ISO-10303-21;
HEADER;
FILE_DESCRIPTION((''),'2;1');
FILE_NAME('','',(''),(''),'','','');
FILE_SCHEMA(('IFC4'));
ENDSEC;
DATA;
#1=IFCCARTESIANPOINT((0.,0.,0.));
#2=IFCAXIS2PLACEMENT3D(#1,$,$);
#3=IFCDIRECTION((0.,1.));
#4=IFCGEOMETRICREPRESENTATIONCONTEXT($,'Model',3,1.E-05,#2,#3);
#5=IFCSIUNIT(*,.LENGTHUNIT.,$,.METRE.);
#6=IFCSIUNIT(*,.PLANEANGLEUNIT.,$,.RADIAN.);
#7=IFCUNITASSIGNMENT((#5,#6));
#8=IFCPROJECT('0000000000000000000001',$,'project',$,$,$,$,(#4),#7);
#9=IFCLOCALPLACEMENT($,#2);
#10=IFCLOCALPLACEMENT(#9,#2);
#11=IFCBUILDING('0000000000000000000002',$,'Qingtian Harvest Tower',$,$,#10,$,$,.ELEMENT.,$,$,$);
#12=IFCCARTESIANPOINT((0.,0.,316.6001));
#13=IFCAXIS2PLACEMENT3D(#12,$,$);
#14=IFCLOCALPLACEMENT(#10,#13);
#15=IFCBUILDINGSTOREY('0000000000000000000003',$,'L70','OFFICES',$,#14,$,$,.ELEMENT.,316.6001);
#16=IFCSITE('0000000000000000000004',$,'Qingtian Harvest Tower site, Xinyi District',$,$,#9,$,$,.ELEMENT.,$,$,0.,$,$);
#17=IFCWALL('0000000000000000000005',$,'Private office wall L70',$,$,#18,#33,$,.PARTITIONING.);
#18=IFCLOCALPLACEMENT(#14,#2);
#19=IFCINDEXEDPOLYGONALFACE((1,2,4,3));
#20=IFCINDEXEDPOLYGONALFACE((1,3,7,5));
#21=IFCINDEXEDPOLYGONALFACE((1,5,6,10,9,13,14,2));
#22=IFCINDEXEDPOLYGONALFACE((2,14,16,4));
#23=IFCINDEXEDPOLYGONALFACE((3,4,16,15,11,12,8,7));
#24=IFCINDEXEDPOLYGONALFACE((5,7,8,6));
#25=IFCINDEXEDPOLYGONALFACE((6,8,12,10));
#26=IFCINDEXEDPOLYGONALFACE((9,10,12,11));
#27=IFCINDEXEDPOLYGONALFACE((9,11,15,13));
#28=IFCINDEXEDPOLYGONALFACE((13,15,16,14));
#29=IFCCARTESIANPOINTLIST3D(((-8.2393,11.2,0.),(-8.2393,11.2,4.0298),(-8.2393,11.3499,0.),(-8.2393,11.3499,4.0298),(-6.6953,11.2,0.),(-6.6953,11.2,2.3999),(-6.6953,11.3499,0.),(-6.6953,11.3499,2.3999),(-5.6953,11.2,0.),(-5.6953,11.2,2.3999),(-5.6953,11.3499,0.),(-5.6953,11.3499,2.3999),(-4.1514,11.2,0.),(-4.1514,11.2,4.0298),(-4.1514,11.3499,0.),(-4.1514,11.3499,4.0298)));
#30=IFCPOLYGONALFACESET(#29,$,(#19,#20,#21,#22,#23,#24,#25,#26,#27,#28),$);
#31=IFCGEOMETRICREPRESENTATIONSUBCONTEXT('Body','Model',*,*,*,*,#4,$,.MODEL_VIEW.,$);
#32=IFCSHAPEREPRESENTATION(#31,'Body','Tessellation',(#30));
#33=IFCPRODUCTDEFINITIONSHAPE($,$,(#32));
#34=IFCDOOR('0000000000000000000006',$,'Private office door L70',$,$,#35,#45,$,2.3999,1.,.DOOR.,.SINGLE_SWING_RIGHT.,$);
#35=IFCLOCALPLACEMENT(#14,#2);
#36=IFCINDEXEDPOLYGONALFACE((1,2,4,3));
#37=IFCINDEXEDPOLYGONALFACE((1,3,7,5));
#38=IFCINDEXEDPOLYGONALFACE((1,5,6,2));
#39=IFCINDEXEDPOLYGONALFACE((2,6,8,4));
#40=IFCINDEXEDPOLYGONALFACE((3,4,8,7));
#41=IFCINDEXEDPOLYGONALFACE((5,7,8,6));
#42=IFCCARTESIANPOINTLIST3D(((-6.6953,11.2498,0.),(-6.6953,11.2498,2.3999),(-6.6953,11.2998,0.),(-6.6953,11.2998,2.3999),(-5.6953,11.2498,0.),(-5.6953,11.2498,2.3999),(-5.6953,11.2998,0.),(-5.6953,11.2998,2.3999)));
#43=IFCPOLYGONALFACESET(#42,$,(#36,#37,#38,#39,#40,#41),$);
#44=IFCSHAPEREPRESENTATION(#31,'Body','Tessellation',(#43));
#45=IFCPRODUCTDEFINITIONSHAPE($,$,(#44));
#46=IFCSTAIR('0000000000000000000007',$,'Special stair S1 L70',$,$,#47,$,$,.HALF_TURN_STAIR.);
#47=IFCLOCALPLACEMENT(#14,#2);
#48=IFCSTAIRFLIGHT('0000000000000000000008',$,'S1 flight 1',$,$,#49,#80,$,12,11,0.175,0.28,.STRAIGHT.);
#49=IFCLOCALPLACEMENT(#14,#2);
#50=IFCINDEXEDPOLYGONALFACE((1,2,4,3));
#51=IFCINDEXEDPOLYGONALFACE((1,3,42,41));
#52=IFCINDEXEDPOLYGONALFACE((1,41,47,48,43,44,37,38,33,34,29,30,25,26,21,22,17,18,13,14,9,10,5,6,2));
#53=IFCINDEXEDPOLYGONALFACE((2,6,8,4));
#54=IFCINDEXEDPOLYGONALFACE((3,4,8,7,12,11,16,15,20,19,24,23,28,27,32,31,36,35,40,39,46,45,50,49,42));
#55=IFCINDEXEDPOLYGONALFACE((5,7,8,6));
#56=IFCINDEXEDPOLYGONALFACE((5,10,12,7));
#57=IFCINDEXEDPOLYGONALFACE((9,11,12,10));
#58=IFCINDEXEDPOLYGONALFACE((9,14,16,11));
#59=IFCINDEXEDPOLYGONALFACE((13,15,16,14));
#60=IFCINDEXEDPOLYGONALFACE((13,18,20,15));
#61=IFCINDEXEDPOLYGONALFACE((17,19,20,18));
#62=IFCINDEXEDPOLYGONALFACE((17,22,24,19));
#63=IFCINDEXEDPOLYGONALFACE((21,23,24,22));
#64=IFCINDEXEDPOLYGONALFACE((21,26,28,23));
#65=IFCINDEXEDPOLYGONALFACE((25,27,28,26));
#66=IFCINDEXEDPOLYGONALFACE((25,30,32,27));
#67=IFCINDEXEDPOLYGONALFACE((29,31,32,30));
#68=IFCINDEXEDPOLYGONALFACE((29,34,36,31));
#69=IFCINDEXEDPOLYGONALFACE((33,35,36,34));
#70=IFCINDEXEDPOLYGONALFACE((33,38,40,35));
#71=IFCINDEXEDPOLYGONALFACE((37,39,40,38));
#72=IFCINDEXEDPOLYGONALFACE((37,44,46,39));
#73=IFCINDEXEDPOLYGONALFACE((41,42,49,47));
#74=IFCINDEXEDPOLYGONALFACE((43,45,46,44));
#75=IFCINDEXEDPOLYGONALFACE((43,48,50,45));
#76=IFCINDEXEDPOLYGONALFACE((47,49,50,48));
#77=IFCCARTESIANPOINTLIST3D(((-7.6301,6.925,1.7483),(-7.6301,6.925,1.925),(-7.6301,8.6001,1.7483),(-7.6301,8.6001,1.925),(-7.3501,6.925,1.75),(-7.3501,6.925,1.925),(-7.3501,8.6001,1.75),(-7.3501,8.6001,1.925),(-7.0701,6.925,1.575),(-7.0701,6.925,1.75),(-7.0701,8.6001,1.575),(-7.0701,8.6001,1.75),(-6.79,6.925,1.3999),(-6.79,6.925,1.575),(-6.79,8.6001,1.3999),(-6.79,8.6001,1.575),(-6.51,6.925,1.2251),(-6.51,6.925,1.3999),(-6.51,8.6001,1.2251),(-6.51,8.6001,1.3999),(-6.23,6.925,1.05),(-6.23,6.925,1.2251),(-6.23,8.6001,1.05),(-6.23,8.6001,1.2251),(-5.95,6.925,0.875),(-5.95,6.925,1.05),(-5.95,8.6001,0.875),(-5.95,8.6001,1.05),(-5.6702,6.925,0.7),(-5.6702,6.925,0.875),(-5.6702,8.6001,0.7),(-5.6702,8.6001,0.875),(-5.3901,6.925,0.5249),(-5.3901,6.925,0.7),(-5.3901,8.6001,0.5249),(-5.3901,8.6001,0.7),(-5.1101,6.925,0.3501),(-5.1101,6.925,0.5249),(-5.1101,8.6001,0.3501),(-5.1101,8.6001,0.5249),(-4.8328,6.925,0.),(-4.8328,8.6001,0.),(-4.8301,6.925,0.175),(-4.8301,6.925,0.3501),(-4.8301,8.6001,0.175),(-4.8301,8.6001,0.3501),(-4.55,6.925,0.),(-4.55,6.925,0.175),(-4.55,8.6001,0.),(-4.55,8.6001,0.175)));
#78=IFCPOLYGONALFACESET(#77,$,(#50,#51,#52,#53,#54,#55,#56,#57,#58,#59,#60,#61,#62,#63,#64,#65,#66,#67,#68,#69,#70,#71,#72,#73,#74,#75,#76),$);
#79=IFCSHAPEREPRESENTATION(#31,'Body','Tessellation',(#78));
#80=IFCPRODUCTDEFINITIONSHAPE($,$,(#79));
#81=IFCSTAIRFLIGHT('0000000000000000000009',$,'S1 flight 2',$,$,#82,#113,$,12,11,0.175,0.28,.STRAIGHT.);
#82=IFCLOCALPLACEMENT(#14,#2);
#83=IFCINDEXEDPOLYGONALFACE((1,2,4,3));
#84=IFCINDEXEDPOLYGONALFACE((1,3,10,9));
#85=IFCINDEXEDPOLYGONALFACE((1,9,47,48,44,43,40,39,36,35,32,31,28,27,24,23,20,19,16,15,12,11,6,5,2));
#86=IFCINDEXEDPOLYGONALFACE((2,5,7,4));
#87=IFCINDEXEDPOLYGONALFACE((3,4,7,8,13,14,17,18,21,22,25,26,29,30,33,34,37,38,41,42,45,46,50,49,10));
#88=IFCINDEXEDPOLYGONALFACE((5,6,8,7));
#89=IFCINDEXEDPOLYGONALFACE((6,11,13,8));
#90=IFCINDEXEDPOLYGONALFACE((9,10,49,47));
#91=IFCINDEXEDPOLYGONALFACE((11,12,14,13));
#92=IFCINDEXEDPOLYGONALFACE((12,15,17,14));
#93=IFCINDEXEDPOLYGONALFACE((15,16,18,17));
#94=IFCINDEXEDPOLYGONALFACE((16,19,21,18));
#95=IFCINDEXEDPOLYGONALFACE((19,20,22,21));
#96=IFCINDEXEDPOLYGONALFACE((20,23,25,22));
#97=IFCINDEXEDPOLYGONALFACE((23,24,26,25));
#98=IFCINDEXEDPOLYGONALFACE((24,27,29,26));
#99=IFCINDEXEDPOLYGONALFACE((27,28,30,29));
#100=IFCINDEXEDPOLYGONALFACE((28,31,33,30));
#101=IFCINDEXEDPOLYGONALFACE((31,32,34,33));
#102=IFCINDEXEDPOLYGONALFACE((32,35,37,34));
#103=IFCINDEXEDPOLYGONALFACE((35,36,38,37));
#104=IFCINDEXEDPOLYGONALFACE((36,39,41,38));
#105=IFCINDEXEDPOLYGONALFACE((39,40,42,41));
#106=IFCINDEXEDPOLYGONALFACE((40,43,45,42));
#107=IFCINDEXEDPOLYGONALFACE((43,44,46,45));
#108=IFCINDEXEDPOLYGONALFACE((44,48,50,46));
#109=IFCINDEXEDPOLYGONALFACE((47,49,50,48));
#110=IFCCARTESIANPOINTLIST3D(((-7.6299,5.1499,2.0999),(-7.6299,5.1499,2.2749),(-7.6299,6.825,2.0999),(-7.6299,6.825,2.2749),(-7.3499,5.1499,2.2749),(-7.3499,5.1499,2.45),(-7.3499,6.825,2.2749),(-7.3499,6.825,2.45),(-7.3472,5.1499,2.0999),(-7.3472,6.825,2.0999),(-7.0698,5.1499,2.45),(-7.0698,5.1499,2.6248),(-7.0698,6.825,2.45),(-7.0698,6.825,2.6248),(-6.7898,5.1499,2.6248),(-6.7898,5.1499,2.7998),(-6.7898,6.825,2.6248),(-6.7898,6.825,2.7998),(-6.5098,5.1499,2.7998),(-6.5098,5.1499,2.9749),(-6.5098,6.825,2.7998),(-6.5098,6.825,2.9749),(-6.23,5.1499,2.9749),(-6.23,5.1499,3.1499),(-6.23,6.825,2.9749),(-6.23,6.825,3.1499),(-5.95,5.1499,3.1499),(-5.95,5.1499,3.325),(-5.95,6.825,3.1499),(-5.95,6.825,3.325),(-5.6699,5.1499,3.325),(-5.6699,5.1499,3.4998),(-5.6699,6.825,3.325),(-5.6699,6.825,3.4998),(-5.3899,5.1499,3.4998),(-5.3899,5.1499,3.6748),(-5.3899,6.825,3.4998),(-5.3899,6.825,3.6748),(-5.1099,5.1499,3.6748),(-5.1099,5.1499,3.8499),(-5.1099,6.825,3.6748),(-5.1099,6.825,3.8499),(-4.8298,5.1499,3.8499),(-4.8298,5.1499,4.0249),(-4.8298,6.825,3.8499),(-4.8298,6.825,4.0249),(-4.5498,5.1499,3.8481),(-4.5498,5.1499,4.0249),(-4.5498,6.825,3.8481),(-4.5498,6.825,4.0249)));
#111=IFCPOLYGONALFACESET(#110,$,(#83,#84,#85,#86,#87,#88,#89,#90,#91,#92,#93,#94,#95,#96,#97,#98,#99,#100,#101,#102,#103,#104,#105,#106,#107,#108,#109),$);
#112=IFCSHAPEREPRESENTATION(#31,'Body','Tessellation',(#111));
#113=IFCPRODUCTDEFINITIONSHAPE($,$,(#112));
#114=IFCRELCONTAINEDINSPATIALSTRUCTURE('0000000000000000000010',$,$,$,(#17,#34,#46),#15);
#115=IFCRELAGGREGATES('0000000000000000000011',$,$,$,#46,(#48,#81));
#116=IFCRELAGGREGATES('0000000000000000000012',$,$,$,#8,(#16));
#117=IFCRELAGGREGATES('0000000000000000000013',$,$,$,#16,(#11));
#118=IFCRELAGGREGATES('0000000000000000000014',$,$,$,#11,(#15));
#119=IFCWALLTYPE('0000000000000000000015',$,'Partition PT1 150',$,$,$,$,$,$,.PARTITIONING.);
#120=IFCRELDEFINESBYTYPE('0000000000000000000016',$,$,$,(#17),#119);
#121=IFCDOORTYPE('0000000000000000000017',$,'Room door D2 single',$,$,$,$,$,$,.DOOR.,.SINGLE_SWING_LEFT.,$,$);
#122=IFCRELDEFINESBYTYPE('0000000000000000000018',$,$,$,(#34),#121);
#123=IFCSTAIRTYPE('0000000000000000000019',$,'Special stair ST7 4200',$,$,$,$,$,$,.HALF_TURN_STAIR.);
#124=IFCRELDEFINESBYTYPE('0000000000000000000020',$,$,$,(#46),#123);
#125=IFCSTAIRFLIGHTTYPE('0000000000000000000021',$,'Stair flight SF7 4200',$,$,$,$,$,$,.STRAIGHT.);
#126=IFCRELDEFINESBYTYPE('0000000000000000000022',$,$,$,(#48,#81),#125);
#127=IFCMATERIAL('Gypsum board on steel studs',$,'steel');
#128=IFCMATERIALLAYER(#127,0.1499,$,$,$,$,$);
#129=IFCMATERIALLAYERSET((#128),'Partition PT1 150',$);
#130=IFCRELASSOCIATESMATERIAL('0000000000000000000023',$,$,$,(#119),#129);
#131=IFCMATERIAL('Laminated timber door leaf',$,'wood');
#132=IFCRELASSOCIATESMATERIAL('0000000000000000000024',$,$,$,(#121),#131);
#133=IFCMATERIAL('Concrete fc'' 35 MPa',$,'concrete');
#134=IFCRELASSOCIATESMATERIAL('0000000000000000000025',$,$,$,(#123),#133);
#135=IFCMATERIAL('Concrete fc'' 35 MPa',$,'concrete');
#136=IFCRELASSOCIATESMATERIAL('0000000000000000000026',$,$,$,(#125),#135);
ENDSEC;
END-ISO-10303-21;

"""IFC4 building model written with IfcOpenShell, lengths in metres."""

from ifc_helpers import new_model, si_unit, direction, frame, frame_2d, origin, place, context, subcontext, project, spatial, polyline, rectangle, outline, extrude, material, layer, layer_set, type_object, element, fill, aggregate, save


model = new_model("IFC4")

# Units and contexts
model_context = context("Model", 3, precision=1e-05, world=origin(), true_north=direction((0.0, 1.0)))
body_context = subcontext(model_context, "Body", "Model", "MODEL_VIEW")
ifc_project = project(units=[si_unit("LENGTHUNIT", "METRE"), si_unit("PLANEANGLEUNIT", "RADIAN")], contexts=[model_context])

# Site, building, storey
site_placement = place(None, origin())
site = spatial("IfcSite", under=ifc_project, at=site_placement, Name="Qingtian Harvest Tower site, Xinyi District", CompositionType="ELEMENT", RefElevation=0.0)
building_placement = place(site_placement, origin())
building = spatial("IfcBuilding", under=site, at=building_placement, Name="Qingtian Harvest Tower", CompositionType="ELEMENT")
storey_placement = place(building_placement, frame((0.0, 0.0, 316.6001)))
storey = spatial("IfcBuildingStorey", under=building, at=storey_placement, Name="L70", Description="OFFICES", CompositionType="ELEMENT", Elevation=316.6001)

# Wall, opening, door
ifc_material_1 = material(Name="Gypsum board on steel studs", Category="steel")
ifc_layer_1 = layer(ifc_material_1, 0.1499)
ifc_layer_set_1 = layer_set([ifc_layer_1], Name="Partition PT1 150")
wall_type_1 = type_object("IfcWallType", Name="Partition PT1 150", PredefinedType="PARTITIONING", material=ifc_layer_set_1)
wall_1_placement = place(storey_placement, frame((-8.2393, 11.2749, 0.0), z_axis=(0.0, 0.0, 1.0), x_axis=(1.0, 0.0, 0.0)))
wall_1 = element("IfcWall", 1, at=wall_1_placement, inside=storey, type_object=wall_type_1, Name="Private office wall L70", PredefinedType="PARTITIONING", context=body_context, shape_type="SweptSolid", body=[
    extrude(rectangle(XDim=4.0879, YDim=0.1499, at=frame_2d((2.0439, 0.0))), origin(), (0.0, 0.0, 1.0), 4.0298),
])
opening_1_placement = place(wall_1_placement, frame((1.5439, 0.0, 0.0)))
opening_1 = element("IfcOpeningElement", 2, at=opening_1_placement, cuts=wall_1, PredefinedType="OPENING", context=body_context, shape_type="SweptSolid", body=[
    extrude(rectangle(XDim=1.0, YDim=2.3999, at=frame_2d((0.5, 1.2))), frame((0.0, 0.085, 0.0), z_axis=(0.0, -1.0, 0.0), x_axis=(1.0, 0.0, 0.0)), (0.0, 0.0, 1.0), 0.1699),
])
ifc_material_2 = material(Name="Laminated timber door leaf", Category="wood")
door_type_1 = type_object("IfcDoorType", Name="Room door D2 single", OperationType="SINGLE_SWING_LEFT", PredefinedType="DOOR", material=ifc_material_2)
door_1_placement = place(opening_1_placement, origin())
door_1 = element("IfcDoor", 3, at=door_1_placement, inside=storey, type_object=door_type_1, Name="Private office door L70", OperationType="SINGLE_SWING_RIGHT", OverallHeight=2.3999, OverallWidth=1.0, PredefinedType="DOOR", context=body_context, shape_type="SweptSolid", body=[
    extrude(rectangle(XDim=1.0, YDim=2.3999, at=frame_2d((0.5, 1.2))), frame((0.0, 0.0249, 0.0), z_axis=(0.0, -1.0, 0.0), x_axis=(1.0, 0.0, 0.0)), (0.0, 0.0, 1.0), 0.05),
])
fill(opening_1, door_1)

# Stair, stair flights
ifc_material_3 = material(Name="Concrete fc' 35 MPa", Category="concrete")
stair_type = type_object("IfcStairType", Name="Special stair ST7 4200", PredefinedType="HALF_TURN_STAIR", material=ifc_material_3)
stair_placement = place(storey_placement, origin())
stair = element("IfcStair", 4, at=stair_placement, inside=storey, type_object=stair_type, Name="Special stair S1 L70", PredefinedType="HALF_TURN_STAIR")
ifc_material_4 = material(Name="Concrete fc' 35 MPa", Category="concrete")
stair_flight_type = type_object("IfcStairFlightType", Name="Stair flight SF7 4200", PredefinedType="STRAIGHT", material=ifc_material_4)
stair_flight_1_placement = place(storey_placement, frame((-4.55, 7.7625, 0.0), z_axis=(0.0, 0.0, 1.0), x_axis=(-1.0, 0.0, 0.0)))
stair_flight_1 = element("IfcStairFlight", 5, at=stair_flight_1_placement, type_object=stair_flight_type, Name="S1 flight 1", NumberOfRisers=12, NumberOfTreads=11, PredefinedType="STRAIGHT", RiserHeight=0.175, TreadLength=0.28, context=body_context, shape_type="SweptSolid", body=[
    extrude(outline(polyline([(0.0, 0.0), (0.0, 0.175), (0.28, 0.175), (0.28, 0.3501), (0.5601, 0.3501), (0.5601, 0.5249), (0.8401, 0.5249), (0.8401, 0.7), (1.1201, 0.7), (1.1201, 0.875), (1.3999, 0.875), (1.3999, 1.05), (1.6799, 1.05), (1.6799, 1.2251), (1.96, 1.2251), (1.96, 1.3999), (2.24, 1.3999), (2.24, 1.575), (2.52, 1.575), (2.52, 1.75), (2.8, 1.75), (2.8, 1.925), (3.0801, 1.925), (3.0801, 2.1001), (3.0801, 1.7483), (0.2827, 0.0), (0.0, 0.0)])), frame((0.0, 0.8374, 0.0), z_axis=(0.0, -1.0, 0.0), x_axis=(1.0, 0.0, 0.0)), (0.0, 0.0, 1.0), 1.675),
])
stair_flight_2_placement = place(storey_placement, frame((-7.6299, 5.9875, 2.0999), z_axis=(0.0, 0.0, 1.0), x_axis=(1.0, 0.0, 0.0)))
stair_flight_2 = element("IfcStairFlight", 6, at=stair_flight_2_placement, type_object=stair_flight_type, Name="S1 flight 2", NumberOfRisers=12, NumberOfTreads=11, PredefinedType="STRAIGHT", RiserHeight=0.175, TreadLength=0.28, context=body_context, shape_type="SweptSolid", body=[
    extrude(outline(polyline([(0.0, 0.0), (0.0, 0.175), (0.28, 0.175), (0.28, 0.3501), (0.5601, 0.3501), (0.5601, 0.5249), (0.8401, 0.5249), (0.8401, 0.7), (1.1201, 0.7), (1.1201, 0.875), (1.3999, 0.875), (1.3999, 1.05), (1.6799, 1.05), (1.6799, 1.2251), (1.96, 1.2251), (1.96, 1.3999), (2.24, 1.3999), (2.24, 1.575), (2.52, 1.575), (2.52, 1.75), (2.8, 1.75), (2.8, 1.925), (3.0801, 1.925), (3.0801, 2.1001), (3.0801, 1.7483), (0.2827, 0.0), (0.0, 0.0)])), frame((0.0, 0.8374, 0.0), z_axis=(0.0, -1.0, 0.0), x_axis=(1.0, 0.0, 0.0)), (0.0, 0.0, 1.0), 1.675),
])
aggregate(stair, [stair_flight_1, stair_flight_2])

save(model, "model.ifc")
